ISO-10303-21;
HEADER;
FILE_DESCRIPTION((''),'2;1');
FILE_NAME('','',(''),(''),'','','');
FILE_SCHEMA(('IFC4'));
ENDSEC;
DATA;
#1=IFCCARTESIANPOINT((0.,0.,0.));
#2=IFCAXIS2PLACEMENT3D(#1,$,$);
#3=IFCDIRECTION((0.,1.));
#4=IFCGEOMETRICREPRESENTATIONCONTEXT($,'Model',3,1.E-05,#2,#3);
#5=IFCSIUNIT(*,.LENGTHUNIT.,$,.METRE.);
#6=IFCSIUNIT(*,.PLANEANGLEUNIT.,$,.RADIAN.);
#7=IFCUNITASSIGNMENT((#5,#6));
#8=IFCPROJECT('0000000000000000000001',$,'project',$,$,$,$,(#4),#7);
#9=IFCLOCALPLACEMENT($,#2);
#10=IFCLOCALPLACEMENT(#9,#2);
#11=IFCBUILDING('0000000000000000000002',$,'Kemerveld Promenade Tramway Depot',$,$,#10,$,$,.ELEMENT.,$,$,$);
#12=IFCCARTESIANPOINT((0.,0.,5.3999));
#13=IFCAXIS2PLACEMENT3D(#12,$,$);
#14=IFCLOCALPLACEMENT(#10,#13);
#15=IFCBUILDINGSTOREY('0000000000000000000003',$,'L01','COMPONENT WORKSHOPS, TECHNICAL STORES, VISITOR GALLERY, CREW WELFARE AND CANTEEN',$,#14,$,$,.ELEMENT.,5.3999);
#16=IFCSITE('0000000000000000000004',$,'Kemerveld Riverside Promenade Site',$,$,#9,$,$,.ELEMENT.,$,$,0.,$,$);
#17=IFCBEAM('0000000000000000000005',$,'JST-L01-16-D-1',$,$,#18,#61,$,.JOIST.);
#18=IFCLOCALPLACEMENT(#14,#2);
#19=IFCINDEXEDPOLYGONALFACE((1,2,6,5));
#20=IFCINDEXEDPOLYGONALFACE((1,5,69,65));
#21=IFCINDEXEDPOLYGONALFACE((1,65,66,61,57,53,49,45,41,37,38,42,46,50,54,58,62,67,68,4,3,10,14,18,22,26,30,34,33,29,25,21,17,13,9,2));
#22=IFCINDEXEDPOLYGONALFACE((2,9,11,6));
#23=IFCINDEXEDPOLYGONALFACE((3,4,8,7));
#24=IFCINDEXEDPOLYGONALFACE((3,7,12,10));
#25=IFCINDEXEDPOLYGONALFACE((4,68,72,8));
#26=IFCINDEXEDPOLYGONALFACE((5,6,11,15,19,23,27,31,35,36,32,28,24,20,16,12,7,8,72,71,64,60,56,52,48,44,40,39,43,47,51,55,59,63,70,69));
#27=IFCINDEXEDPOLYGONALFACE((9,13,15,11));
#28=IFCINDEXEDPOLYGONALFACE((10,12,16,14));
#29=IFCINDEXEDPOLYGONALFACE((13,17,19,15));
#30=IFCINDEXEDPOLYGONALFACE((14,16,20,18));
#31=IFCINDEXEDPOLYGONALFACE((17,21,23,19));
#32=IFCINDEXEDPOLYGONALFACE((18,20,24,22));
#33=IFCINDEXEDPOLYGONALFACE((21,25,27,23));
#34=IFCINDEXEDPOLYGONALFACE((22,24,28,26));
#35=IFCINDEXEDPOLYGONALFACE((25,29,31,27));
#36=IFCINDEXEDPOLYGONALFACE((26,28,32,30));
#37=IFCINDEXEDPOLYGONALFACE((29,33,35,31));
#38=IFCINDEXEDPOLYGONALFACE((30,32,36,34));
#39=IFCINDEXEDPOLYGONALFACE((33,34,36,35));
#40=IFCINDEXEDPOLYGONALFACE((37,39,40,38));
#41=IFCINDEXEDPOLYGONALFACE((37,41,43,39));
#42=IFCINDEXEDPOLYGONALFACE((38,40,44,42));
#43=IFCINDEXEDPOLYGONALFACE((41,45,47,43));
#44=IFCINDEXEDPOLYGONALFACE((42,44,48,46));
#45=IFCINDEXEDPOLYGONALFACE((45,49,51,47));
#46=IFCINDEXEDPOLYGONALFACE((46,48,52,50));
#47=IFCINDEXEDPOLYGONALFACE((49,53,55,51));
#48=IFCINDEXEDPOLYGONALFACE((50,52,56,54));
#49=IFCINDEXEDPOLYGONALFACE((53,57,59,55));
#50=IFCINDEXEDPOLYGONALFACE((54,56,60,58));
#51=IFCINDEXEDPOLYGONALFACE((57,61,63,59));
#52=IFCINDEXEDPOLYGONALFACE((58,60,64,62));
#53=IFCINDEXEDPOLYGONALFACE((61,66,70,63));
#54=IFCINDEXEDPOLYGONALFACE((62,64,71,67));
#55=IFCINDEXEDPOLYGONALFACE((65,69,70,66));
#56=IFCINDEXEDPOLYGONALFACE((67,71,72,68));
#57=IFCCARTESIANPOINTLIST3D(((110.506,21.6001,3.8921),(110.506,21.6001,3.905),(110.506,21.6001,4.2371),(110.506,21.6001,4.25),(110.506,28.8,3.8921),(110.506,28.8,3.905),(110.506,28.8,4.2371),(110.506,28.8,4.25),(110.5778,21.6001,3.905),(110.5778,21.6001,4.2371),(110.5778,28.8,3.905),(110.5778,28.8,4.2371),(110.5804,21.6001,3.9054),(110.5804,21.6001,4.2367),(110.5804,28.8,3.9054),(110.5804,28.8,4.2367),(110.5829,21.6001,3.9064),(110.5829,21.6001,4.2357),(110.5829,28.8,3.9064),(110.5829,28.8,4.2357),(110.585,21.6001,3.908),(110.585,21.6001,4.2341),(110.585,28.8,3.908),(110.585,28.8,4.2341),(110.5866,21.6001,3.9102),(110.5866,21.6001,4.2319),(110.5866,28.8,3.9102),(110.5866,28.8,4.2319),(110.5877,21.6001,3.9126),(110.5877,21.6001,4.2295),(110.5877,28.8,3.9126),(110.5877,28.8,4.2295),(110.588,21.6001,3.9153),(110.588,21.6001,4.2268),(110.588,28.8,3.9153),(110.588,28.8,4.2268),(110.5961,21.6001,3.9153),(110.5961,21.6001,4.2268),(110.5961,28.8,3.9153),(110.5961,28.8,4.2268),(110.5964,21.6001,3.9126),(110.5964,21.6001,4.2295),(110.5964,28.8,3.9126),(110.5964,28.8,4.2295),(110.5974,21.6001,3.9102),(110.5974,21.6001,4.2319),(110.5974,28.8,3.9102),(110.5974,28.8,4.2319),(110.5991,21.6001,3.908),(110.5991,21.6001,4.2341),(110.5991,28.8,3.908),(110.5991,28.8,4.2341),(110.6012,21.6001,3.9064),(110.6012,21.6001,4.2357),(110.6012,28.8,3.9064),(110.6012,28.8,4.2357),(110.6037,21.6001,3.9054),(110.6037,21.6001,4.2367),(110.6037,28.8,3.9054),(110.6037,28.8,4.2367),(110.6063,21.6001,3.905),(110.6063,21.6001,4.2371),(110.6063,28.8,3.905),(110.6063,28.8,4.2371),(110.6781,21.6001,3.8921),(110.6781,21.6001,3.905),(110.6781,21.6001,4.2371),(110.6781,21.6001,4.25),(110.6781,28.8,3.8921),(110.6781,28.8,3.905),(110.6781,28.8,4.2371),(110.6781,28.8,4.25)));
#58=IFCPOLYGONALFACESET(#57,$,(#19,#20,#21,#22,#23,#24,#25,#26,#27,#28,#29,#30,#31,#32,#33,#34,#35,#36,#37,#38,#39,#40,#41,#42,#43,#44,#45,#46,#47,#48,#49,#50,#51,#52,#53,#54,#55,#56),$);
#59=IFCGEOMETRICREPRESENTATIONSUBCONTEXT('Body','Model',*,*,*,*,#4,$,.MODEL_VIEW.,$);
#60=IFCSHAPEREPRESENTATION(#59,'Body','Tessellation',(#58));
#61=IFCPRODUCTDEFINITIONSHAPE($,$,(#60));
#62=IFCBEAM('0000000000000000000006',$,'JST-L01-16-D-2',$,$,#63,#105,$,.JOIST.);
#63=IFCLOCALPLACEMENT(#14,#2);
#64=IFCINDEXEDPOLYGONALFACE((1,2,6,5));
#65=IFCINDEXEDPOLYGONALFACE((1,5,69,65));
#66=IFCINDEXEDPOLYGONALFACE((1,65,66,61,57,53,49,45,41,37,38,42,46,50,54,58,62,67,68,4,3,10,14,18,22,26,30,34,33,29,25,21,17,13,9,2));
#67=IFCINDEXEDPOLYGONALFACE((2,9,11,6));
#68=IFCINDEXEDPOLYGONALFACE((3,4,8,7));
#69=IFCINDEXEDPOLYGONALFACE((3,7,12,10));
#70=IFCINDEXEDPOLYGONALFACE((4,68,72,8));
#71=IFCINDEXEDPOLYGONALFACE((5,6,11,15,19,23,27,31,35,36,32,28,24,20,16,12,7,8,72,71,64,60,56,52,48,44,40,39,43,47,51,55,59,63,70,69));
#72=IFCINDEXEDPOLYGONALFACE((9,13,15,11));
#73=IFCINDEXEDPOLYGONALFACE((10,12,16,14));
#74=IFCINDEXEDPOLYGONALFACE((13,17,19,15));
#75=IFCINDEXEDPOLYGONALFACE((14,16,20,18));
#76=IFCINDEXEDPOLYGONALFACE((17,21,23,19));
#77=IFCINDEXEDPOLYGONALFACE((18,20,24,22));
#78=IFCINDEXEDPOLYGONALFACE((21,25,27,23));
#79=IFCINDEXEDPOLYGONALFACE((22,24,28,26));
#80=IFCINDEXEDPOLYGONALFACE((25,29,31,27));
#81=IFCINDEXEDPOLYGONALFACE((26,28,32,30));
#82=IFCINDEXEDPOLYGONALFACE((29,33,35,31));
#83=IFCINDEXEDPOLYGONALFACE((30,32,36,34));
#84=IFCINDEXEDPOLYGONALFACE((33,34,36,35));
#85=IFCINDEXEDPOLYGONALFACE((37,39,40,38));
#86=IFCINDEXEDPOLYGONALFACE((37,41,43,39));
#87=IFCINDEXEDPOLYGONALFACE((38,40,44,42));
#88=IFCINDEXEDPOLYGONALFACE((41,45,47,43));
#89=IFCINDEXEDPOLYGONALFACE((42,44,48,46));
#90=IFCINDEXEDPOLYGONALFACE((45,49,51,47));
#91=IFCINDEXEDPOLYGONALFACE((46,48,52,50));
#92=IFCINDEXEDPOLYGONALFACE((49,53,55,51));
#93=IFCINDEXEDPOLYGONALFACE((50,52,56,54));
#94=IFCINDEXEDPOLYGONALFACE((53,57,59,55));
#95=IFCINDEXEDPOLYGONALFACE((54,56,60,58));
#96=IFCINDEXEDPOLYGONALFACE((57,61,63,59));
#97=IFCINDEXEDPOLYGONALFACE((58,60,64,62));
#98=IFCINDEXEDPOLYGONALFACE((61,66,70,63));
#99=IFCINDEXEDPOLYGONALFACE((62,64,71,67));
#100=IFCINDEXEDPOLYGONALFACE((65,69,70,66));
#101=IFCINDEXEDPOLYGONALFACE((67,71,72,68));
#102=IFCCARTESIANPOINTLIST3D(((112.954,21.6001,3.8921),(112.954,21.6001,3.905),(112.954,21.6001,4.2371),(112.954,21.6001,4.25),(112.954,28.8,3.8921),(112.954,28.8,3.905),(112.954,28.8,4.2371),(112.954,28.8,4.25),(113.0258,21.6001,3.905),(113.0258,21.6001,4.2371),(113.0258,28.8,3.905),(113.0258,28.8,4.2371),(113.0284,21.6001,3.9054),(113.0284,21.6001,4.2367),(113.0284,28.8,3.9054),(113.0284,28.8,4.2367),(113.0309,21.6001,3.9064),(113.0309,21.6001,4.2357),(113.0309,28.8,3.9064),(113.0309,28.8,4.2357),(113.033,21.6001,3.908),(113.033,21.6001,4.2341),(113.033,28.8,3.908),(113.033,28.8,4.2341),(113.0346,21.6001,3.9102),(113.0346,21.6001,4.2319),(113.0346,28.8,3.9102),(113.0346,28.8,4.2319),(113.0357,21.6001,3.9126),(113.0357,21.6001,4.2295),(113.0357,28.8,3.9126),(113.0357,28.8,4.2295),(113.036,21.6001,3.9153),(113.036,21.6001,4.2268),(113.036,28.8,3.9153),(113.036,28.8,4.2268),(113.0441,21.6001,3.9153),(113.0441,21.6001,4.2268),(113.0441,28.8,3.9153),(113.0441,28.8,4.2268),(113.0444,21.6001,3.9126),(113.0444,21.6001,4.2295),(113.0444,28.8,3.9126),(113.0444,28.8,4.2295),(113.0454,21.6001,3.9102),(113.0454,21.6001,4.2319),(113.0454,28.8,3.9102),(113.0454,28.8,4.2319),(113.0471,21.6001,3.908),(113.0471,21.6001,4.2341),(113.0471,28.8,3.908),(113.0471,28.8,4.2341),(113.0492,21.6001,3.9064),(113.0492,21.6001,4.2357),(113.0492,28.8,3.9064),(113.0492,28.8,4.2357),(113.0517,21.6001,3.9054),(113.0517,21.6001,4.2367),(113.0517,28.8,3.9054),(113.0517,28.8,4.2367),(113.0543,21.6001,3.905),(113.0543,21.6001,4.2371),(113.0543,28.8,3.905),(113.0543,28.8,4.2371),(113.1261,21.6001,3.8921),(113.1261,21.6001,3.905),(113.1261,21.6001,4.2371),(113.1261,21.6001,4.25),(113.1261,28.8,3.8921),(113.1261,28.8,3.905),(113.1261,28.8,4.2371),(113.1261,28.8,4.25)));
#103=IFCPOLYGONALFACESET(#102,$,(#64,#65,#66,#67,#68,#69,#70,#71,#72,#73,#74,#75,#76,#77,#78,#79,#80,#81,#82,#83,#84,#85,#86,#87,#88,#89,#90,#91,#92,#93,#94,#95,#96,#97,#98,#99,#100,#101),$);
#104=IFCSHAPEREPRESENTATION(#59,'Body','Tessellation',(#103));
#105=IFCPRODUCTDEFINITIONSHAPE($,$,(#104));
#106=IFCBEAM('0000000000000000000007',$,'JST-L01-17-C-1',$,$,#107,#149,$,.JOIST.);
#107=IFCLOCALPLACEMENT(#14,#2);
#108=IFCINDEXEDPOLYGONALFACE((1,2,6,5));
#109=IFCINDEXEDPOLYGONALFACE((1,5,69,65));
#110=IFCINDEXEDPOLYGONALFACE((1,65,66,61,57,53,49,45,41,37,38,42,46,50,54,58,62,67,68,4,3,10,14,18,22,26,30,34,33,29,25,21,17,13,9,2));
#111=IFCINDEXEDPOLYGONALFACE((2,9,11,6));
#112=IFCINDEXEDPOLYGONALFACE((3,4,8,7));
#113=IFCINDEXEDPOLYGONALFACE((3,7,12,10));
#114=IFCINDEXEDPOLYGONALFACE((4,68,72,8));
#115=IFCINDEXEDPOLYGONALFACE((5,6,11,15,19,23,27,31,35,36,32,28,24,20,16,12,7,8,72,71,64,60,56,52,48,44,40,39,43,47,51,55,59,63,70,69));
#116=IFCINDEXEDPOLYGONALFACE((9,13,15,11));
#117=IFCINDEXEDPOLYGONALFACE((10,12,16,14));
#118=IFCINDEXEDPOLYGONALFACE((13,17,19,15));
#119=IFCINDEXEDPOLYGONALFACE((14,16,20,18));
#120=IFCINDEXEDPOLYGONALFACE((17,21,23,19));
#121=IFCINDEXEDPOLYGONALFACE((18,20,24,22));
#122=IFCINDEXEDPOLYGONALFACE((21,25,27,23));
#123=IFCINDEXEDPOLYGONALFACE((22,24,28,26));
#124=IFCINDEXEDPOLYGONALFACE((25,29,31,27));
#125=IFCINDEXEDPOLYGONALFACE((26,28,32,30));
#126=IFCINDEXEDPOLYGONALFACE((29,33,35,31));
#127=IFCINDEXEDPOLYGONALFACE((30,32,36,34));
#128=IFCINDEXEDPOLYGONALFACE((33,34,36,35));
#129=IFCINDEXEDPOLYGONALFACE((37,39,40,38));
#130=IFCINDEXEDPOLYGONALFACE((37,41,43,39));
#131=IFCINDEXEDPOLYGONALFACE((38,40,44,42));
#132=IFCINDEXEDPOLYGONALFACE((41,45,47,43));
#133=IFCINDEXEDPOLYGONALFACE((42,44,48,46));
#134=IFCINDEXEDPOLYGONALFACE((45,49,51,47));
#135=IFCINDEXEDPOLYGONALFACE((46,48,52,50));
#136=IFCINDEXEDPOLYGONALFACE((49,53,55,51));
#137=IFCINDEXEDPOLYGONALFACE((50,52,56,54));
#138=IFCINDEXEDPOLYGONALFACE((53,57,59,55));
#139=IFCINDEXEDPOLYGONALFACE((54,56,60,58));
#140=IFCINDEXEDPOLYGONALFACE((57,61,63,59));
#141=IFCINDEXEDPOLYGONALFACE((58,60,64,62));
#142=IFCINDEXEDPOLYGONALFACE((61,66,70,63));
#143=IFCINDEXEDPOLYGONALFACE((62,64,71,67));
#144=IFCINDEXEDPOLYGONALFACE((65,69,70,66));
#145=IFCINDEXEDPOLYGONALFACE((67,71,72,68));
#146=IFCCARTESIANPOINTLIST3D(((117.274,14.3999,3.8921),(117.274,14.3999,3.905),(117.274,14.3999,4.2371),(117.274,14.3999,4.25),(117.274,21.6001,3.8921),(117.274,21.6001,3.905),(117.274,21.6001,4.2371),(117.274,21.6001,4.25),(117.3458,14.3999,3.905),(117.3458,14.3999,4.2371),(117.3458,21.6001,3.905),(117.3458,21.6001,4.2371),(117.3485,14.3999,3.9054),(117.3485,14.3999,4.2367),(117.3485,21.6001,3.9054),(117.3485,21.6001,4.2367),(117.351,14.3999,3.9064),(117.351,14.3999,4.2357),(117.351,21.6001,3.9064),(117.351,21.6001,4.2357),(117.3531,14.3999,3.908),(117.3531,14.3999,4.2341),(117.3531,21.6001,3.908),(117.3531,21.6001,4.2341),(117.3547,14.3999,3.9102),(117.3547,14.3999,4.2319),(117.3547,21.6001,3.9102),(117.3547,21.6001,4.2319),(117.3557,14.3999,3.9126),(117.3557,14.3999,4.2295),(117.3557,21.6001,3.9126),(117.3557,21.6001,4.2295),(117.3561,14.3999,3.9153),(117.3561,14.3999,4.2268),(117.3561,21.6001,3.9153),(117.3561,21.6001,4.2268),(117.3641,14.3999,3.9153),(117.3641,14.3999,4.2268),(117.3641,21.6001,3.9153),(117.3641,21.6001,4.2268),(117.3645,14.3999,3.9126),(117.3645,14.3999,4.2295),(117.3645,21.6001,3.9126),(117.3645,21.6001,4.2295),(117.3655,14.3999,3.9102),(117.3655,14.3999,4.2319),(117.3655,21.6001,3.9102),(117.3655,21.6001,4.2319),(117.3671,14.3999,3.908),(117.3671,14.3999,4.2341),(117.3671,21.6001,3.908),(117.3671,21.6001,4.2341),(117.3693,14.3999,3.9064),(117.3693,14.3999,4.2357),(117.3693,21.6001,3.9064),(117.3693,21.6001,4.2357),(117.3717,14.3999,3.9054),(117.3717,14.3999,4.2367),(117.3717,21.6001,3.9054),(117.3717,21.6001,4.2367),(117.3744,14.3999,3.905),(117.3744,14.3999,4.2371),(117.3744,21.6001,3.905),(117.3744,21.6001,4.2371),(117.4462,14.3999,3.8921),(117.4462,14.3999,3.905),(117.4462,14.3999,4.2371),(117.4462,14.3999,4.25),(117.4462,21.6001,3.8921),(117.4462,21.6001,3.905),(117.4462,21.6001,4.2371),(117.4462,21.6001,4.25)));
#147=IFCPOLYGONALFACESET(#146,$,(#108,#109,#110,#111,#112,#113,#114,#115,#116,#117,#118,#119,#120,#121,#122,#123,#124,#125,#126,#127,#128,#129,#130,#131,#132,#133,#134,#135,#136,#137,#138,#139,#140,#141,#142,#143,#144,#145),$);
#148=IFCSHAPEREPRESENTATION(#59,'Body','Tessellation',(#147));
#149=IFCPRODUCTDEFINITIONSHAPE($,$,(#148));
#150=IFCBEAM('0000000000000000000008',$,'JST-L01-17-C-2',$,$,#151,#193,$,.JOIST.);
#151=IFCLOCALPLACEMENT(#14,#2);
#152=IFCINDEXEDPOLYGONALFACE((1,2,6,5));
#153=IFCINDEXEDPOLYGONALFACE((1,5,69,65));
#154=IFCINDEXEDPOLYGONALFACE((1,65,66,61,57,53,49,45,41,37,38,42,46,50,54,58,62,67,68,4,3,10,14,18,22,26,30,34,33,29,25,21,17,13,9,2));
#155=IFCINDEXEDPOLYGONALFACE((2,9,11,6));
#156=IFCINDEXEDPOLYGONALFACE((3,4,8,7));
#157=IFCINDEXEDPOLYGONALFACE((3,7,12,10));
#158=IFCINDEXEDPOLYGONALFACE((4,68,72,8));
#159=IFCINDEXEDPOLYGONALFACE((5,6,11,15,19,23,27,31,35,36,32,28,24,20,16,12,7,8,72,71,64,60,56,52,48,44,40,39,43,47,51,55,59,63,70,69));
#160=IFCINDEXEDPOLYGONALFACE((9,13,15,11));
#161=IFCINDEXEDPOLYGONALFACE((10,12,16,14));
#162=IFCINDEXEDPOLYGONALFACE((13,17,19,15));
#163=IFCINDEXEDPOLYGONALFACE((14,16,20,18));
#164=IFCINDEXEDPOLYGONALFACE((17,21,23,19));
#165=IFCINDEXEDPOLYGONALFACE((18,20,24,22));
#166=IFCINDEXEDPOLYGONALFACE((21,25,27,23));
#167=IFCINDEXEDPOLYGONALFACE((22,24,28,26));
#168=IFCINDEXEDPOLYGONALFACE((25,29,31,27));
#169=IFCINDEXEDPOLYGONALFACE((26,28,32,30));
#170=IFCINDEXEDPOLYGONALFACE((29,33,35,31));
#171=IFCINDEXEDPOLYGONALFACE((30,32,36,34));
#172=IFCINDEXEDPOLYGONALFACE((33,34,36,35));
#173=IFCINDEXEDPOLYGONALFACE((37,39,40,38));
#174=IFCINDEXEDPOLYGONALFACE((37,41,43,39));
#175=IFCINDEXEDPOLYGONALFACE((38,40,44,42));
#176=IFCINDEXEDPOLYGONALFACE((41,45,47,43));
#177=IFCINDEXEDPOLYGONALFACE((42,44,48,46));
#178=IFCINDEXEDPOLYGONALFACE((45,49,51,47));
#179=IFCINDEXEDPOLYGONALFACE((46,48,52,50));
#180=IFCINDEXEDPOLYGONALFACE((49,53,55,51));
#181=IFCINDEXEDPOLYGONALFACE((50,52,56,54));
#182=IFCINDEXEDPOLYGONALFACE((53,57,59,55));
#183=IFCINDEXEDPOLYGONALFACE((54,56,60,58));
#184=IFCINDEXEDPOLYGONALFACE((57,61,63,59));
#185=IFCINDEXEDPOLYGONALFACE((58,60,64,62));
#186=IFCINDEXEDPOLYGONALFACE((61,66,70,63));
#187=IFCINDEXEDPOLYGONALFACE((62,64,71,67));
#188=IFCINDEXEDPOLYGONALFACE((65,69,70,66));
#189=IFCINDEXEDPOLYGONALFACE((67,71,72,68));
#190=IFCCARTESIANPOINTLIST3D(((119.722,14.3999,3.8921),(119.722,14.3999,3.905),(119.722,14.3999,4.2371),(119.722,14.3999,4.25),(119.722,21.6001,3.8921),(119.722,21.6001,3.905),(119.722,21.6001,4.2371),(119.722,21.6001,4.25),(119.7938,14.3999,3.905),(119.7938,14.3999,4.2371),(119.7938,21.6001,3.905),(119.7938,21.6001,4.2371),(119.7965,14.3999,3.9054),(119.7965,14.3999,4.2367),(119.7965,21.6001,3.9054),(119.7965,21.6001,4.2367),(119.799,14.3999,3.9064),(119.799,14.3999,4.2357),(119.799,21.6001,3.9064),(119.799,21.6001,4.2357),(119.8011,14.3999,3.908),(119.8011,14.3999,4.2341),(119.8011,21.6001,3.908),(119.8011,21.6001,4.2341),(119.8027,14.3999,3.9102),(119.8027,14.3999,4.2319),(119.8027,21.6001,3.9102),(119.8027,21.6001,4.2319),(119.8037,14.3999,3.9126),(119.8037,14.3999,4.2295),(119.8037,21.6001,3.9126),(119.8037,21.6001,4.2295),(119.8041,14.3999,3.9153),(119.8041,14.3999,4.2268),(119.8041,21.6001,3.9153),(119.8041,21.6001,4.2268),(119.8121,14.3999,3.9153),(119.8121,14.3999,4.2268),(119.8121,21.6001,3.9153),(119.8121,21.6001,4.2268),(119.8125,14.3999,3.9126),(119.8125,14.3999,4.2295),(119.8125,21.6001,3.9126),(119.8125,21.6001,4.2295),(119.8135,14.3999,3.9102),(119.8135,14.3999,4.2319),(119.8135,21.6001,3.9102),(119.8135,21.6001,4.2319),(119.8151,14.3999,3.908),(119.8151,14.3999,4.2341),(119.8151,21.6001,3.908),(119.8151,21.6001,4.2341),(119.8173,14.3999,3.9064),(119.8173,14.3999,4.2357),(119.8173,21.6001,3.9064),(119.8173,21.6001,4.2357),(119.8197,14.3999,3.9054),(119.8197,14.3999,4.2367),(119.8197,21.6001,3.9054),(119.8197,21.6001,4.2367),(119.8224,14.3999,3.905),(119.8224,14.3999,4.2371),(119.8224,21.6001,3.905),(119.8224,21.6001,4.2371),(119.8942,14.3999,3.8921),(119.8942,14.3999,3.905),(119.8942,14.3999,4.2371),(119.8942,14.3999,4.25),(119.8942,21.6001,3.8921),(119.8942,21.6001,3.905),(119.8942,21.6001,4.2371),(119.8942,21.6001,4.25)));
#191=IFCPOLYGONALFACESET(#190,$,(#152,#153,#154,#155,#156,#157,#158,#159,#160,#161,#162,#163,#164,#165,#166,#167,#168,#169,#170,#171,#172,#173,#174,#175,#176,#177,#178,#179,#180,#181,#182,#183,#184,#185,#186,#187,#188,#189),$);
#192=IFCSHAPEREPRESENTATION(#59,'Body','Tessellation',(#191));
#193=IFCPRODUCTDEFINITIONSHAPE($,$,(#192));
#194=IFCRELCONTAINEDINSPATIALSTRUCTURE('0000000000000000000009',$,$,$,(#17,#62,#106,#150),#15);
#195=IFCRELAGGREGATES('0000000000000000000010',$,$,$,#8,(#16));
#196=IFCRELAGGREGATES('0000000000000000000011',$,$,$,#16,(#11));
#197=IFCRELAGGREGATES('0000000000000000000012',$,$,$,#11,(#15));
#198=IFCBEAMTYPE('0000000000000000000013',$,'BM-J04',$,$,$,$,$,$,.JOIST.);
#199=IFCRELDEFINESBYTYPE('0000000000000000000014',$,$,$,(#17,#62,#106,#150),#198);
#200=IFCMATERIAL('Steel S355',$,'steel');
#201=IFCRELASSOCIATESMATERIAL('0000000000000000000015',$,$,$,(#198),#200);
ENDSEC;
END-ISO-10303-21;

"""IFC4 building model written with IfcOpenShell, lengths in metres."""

from ifc_helpers import new_model, si_unit, direction, frame, origin, origin_2d, place, context, subcontext, project, spatial, i_section, extrude, material, material_profile, profile_set, type_object, element, save


model = new_model("IFC4")

# Units and contexts
model_context = context("Model", 3, precision=1e-05, world=origin(), true_north=direction((0.0, 1.0)))
body_context = subcontext(model_context, "Body", "Model", "MODEL_VIEW")
ifc_project = project(units=[si_unit("LENGTHUNIT", "METRE"), si_unit("PLANEANGLEUNIT", "RADIAN")], contexts=[model_context])

# Site, building, storey
site_placement = place(None, origin())
site = spatial("IfcSite", under=ifc_project, at=site_placement, Name="Kemerveld Riverside Promenade Site", CompositionType="ELEMENT", RefElevation=0.0)
building_placement = place(site_placement, origin())
building = spatial("IfcBuilding", under=site, at=building_placement, Name="Kemerveld Promenade Tramway Depot", CompositionType="ELEMENT")
storey_placement = place(building_placement, frame((0.0, 0.0, 5.3999)))
storey = spatial("IfcBuildingStorey", under=building, at=storey_placement, Name="L01", Description="COMPONENT WORKSHOPS, TECHNICAL STORES, VISITOR GALLERY, CREW WELFARE AND CANTEEN", CompositionType="ELEMENT", Elevation=5.3999)

# Shared definitions
ifc_material_1 = material(Name="Steel S355", Category="steel")

# Beams
ifc_material_profile_1 = material_profile(ifc_material_1, i_section(OverallWidth=0.1721, OverallDepth=0.3579, WebThickness=0.0081, FlangeThickness=0.0129, FilletRadius=0.0103, at=origin_2d()), Name="356x171x57 UB")
ifc_profile_set_1 = profile_set([ifc_material_profile_1], Name="Steel S355")
beam_type_1 = type_object("IfcBeamType", Name="BM-J04", PredefinedType="JOIST", material=ifc_profile_set_1)
for number, where, z_axis, x_axis, name in (
    (1, (110.592, 21.6001, 4.071), (0.0, 1.0, 0.0), (-1.0, 0.0, 0.0), "JST-L01-16-D-1"),
    (2, (113.04, 21.6001, 4.071), (0.0, 1.0, 0.0), (-1.0, 0.0, 0.0), "JST-L01-16-D-2"),
):
    element("IfcBeam", number, at=place(storey_placement, frame(where, z_axis=z_axis, x_axis=x_axis)), inside=storey, type_object=beam_type_1, Name=name, PredefinedType="JOIST", context=body_context, shape_type="SweptSolid", body=[
        extrude(i_section(OverallWidth=0.1721, OverallDepth=0.3579, WebThickness=0.0081, FlangeThickness=0.0129, FilletRadius=0.0103, at=origin_2d()), origin(), (0.0, 0.0, 1.0), 7.2),
    ])
for number, where, z_axis, x_axis, name in (
    (3, (117.3601, 14.3999, 4.071), (0.0, 1.0, 0.0), (-1.0, 0.0, 0.0), "JST-L01-17-C-1"),
    (4, (119.8081, 14.3999, 4.071), (0.0, 1.0, 0.0), (-1.0, 0.0, 0.0), "JST-L01-17-C-2"),
):
    element("IfcBeam", number, at=place(storey_placement, frame(where, z_axis=z_axis, x_axis=x_axis)), inside=storey, type_object=beam_type_1, Name=name, PredefinedType="JOIST", context=body_context, shape_type="SweptSolid", body=[
        extrude(i_section(OverallWidth=0.1721, OverallDepth=0.3579, WebThickness=0.0081, FlangeThickness=0.0129, FilletRadius=0.0103, at=origin_2d()), origin(), (0.0, 0.0, 1.0), 7.2002),
    ])

save(model, "model.ifc")
